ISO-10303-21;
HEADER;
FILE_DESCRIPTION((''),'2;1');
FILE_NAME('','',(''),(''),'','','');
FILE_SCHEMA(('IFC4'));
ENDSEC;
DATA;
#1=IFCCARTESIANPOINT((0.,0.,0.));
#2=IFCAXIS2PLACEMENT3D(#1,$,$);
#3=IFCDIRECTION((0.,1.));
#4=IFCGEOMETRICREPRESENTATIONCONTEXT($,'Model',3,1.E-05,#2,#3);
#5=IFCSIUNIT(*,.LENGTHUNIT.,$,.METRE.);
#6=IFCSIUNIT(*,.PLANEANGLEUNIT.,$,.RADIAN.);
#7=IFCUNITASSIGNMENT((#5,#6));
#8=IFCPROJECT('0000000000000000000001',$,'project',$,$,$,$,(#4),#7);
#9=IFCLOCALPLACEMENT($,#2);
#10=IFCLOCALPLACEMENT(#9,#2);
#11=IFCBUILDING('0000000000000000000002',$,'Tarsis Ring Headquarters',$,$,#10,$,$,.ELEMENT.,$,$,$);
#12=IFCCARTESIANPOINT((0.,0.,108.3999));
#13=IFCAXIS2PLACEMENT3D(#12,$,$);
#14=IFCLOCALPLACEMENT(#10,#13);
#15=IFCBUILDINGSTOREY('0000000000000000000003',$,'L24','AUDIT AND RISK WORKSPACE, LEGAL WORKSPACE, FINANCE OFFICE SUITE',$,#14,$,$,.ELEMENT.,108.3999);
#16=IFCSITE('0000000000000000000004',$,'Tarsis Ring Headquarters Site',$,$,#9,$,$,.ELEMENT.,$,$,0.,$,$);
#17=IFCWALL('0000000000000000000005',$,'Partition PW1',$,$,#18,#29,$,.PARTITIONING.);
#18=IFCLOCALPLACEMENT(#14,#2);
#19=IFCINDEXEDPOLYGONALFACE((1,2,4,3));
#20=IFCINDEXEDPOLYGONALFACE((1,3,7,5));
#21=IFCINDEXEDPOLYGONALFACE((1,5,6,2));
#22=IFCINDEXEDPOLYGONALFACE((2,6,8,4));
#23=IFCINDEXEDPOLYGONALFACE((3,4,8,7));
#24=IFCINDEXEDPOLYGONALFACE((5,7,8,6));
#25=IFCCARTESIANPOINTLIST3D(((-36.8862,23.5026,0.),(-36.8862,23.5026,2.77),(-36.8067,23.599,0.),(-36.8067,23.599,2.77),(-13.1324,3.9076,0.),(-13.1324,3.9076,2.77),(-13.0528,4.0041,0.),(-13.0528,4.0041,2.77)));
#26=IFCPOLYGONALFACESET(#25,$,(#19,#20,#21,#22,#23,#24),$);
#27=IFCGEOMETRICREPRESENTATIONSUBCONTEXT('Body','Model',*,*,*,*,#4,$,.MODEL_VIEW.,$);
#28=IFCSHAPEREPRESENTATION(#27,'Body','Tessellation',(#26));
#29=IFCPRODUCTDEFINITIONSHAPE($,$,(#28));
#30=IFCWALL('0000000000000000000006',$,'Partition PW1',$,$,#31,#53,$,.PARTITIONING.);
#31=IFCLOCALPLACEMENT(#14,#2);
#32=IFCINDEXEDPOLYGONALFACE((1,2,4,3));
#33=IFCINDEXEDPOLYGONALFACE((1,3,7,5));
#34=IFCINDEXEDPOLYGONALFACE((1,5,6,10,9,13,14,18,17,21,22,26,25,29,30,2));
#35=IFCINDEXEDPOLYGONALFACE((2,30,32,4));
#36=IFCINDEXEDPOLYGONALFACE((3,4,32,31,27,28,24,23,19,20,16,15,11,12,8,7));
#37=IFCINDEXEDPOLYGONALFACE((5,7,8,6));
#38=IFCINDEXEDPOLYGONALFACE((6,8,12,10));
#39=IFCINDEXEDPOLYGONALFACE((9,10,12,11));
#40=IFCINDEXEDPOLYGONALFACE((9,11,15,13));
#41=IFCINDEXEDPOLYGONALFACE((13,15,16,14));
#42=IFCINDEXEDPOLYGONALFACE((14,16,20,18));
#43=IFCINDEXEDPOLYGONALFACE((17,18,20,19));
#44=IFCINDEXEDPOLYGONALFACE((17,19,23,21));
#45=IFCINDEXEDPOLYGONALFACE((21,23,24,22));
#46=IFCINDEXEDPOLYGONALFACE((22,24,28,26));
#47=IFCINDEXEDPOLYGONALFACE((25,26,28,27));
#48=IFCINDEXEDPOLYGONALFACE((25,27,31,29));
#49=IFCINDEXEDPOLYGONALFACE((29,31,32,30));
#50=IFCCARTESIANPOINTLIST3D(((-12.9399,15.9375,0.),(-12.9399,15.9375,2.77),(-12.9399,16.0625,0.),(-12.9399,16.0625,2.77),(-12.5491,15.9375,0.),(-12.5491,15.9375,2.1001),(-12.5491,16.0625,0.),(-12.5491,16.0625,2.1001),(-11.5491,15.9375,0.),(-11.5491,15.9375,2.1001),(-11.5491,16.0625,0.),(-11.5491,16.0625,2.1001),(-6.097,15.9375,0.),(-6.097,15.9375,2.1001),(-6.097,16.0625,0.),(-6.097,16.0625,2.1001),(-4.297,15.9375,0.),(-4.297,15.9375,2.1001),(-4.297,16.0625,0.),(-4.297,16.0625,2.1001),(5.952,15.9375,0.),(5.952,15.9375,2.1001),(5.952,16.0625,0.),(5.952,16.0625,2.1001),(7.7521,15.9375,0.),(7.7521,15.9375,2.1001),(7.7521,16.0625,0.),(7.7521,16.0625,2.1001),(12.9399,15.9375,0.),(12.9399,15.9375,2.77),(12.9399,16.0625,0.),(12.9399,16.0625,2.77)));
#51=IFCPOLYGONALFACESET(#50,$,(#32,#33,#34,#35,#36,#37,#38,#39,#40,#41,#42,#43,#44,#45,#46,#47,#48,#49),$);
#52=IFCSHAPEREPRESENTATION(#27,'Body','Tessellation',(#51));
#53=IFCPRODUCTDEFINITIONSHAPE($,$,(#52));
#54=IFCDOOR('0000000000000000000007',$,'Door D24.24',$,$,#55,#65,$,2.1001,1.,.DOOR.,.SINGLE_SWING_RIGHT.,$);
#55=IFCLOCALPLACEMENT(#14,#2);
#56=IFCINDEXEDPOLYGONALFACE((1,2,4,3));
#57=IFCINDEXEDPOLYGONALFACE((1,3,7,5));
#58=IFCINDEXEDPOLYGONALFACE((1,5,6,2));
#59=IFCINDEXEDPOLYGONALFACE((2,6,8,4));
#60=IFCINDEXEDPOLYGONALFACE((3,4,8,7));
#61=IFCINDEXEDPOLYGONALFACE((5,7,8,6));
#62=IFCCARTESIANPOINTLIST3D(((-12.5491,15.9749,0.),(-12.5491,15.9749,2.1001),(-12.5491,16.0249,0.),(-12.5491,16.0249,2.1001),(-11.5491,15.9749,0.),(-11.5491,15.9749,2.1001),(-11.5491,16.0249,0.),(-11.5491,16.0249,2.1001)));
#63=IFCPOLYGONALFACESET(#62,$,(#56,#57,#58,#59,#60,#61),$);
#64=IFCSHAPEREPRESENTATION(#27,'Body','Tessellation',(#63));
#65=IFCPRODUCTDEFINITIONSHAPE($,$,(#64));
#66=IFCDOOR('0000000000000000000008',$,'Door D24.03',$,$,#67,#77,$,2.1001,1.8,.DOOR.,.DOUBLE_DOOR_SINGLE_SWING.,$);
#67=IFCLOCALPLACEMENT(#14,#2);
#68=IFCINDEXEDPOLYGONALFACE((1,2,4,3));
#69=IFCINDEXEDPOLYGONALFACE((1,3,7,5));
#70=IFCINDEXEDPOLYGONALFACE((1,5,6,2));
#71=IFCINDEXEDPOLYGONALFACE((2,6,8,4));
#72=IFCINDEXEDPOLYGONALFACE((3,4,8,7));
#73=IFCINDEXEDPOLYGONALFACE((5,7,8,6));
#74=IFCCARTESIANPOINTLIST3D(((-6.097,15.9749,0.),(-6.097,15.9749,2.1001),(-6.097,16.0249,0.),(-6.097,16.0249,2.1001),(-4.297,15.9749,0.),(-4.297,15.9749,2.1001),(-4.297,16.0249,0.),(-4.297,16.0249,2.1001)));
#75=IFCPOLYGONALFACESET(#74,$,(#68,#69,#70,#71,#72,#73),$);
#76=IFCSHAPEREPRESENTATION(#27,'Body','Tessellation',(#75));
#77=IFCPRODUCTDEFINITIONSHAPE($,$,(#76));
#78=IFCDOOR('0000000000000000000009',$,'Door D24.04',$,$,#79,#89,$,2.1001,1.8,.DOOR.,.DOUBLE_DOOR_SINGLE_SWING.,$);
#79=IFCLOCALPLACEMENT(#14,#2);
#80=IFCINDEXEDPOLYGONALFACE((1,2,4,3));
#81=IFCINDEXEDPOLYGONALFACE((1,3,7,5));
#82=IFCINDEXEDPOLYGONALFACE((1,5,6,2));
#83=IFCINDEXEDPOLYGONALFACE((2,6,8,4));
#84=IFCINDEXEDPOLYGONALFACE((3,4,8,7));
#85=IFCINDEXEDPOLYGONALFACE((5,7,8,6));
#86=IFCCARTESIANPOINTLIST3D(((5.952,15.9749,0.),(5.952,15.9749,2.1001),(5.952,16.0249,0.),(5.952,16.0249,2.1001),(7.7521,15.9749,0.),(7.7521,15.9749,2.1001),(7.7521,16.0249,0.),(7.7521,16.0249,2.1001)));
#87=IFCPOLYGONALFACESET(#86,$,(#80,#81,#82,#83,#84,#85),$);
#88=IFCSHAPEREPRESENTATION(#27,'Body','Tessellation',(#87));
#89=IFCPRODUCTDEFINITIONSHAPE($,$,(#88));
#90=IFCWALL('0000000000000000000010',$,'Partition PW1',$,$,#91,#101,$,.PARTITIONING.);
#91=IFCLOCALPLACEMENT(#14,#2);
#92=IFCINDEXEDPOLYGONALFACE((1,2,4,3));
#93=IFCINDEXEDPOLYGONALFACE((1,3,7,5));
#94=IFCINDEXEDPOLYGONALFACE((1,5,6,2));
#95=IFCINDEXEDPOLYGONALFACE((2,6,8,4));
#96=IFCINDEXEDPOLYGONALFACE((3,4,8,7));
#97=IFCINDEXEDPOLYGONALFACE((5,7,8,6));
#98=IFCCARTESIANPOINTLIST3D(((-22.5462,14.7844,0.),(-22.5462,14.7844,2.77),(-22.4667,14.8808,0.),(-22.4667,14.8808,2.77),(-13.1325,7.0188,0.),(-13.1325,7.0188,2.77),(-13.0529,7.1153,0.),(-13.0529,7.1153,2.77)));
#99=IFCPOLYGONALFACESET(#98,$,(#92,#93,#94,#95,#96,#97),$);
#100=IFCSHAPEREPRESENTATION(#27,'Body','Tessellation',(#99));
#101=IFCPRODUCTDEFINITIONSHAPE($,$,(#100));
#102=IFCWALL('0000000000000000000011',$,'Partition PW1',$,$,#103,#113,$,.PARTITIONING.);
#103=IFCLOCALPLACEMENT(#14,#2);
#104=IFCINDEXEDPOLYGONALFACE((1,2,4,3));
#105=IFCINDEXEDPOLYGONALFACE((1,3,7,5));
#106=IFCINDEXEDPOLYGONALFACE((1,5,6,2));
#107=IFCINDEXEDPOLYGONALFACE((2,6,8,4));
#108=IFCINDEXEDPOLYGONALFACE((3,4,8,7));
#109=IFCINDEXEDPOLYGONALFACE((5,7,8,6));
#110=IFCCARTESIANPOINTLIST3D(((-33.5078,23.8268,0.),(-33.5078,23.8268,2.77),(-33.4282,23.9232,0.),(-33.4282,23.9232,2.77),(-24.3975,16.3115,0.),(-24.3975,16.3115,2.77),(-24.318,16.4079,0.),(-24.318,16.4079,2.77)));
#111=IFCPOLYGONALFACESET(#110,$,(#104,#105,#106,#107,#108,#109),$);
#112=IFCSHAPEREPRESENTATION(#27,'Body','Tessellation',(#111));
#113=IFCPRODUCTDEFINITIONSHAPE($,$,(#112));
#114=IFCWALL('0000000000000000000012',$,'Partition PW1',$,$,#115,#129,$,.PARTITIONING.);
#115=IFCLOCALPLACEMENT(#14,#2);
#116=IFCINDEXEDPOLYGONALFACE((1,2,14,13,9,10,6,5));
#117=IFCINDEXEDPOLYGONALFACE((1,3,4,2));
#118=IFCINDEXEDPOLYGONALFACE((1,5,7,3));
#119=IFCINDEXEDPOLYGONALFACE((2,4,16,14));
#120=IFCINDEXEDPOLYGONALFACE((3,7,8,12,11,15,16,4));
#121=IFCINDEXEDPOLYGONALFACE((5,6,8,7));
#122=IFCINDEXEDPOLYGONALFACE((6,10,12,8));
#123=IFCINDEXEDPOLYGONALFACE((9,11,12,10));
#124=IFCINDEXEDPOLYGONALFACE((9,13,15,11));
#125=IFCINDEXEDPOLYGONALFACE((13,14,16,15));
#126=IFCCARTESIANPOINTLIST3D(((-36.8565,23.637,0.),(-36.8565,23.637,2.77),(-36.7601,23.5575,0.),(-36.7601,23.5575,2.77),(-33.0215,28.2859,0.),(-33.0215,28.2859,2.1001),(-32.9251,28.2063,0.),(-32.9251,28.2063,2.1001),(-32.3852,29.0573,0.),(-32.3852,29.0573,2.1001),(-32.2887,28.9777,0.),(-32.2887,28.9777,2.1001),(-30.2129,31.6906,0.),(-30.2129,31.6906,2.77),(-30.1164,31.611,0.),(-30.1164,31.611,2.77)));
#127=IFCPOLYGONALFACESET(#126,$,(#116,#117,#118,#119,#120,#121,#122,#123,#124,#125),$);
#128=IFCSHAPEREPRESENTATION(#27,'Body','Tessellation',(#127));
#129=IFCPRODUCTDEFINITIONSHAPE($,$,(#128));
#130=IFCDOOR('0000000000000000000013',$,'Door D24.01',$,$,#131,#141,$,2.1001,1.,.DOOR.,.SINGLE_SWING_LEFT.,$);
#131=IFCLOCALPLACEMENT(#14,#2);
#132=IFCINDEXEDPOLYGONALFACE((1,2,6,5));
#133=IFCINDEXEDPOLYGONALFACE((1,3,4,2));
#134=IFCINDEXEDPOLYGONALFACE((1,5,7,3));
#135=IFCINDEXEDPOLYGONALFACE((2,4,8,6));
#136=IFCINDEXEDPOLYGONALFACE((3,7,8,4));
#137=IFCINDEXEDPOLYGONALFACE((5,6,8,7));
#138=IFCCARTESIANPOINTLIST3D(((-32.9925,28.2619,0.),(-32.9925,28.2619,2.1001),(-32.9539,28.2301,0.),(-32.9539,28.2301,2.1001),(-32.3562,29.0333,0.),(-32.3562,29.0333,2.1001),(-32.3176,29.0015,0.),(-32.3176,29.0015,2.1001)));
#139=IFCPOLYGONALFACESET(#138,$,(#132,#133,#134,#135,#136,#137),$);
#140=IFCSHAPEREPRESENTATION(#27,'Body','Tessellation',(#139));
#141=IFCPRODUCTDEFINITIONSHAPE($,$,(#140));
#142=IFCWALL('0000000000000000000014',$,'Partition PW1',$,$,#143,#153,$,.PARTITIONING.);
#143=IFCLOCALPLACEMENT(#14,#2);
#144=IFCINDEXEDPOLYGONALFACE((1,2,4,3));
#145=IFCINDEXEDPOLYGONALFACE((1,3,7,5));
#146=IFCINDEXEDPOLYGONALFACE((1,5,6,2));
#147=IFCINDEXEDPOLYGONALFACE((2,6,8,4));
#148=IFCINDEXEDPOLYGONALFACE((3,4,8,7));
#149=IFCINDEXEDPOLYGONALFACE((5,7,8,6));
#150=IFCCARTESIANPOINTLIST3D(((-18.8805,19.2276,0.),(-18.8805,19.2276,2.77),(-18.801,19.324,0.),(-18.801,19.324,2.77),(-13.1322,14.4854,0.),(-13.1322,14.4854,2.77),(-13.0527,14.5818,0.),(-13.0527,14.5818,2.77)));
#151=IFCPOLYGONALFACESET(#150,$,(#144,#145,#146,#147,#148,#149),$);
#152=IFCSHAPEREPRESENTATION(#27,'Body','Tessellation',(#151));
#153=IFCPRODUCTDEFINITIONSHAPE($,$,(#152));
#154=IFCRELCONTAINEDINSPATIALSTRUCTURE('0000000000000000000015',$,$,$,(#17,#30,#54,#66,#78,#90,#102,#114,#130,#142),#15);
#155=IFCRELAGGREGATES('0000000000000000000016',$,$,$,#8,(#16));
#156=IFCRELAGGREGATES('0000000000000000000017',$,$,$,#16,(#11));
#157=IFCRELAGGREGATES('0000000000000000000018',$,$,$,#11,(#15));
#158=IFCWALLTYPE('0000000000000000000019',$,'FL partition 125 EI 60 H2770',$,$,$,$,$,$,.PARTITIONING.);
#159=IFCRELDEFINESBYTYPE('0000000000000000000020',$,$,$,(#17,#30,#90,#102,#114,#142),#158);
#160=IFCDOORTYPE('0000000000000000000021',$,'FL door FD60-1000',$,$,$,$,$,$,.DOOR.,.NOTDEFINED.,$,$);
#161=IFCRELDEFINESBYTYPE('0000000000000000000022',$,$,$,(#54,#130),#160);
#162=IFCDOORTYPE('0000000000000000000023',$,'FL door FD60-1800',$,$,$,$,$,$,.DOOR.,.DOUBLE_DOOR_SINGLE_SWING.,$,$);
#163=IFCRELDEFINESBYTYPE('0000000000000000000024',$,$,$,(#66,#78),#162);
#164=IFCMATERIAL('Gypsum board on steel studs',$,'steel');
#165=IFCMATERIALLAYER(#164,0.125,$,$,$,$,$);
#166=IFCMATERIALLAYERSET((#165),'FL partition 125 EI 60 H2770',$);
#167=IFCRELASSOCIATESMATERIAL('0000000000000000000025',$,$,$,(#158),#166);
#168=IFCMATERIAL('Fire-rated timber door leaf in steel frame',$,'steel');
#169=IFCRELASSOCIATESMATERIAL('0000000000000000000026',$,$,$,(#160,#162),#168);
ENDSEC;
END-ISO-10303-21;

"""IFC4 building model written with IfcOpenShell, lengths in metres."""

from ifc_helpers import new_model, si_unit, direction, frame, frame_2d, origin, place, context, subcontext, project, spatial, rectangle, extrude, material, layer, layer_set, type_object, element, fill, save


model = new_model("IFC4")

# Units and contexts
model_context = context("Model", 3, precision=1e-05, world=origin(), true_north=direction((0.0, 1.0)))
body_context = subcontext(model_context, "Body", "Model", "MODEL_VIEW")
ifc_project = project(units=[si_unit("LENGTHUNIT", "METRE"), si_unit("PLANEANGLEUNIT", "RADIAN")], contexts=[model_context])

# Site, building, storey
site_placement = place(None, origin())
site = spatial("IfcSite", under=ifc_project, at=site_placement, Name="Tarsis Ring Headquarters Site", CompositionType="ELEMENT", RefElevation=0.0)
building_placement = place(site_placement, origin())
building = spatial("IfcBuilding", under=site, at=building_placement, Name="Tarsis Ring Headquarters", CompositionType="ELEMENT")
storey_placement = place(building_placement, frame((0.0, 0.0, 108.3999)))
storey = spatial("IfcBuildingStorey", under=building, at=storey_placement, Name="L24", Description="AUDIT AND RISK WORKSPACE, LEGAL WORKSPACE, FINANCE OFFICE SUITE", CompositionType="ELEMENT", Elevation=108.3999)

# Wall
ifc_material_1 = material(Name="Gypsum board on steel studs", Category="steel")
ifc_layer_1 = layer(ifc_material_1, 0.125)
ifc_layer_set_1 = layer_set([ifc_layer_1], Name="FL partition 125 EI 60 H2770")
wall_type_1 = type_object("IfcWallType", Name="FL partition 125 EI 60 H2770", PredefinedType="PARTITIONING", material=ifc_layer_set_1)
wall_1_placement = place(storey_placement, frame((-36.8464, 23.5508, 0.0), z_axis=(0.0, 0.0, 1.0), x_axis=(0.771405, -0.636344, 0.0)))
element("IfcWall", 1, at=wall_1_placement, inside=storey, type_object=wall_type_1, Name="Partition PW1", PredefinedType="PARTITIONING", context=body_context, shape_type="SweptSolid", body=[
    extrude(rectangle(XDim=30.793, YDim=0.125, at=frame_2d((15.3965, 0.0))), origin(), (0.0, 0.0, 1.0), 2.77),
])

# Wall, openings, doors
wall_2_placement = place(storey_placement, frame((-12.9399, 16.0, 0.0), z_axis=(0.0, 0.0, 1.0), x_axis=(1.0, 0.0, 0.0)))
wall_2 = element("IfcWall", 2, at=wall_2_placement, inside=storey, type_object=wall_type_1, Name="Partition PW1", PredefinedType="PARTITIONING", context=body_context, shape_type="SweptSolid", body=[
    extrude(rectangle(XDim=25.8799, YDim=0.125, at=frame_2d((12.9399, 0.0))), origin(), (0.0, 0.0, 1.0), 2.77),
])
opening_1_placement = place(wall_2_placement, frame((6.843, 0.0, 0.0)))
opening_1 = element("IfcOpeningElement", 3, at=opening_1_placement, cuts=wall_2, PredefinedType="OPENING", context=body_context, shape_type="SweptSolid", body=[
    extrude(rectangle(XDim=1.8, YDim=2.1001, at=frame_2d((0.8999, 1.05))), frame((0.0, 0.0725, 0.0), z_axis=(0.0, -1.0, 0.0), x_axis=(1.0, 0.0, 0.0)), (0.0, 0.0, 1.0), 0.145),
])
opening_2_placement = place(wall_2_placement, frame((18.8921, 0.0, 0.0)))
opening_2 = element("IfcOpeningElement", 4, at=opening_2_placement, cuts=wall_2, PredefinedType="OPENING", context=body_context, shape_type="SweptSolid", body=[
    extrude(rectangle(XDim=1.8, YDim=2.1001, at=frame_2d((0.8999, 1.05))), frame((0.0, 0.0725, 0.0), z_axis=(0.0, -1.0, 0.0), x_axis=(1.0, 0.0, 0.0)), (0.0, 0.0, 1.0), 0.145),
])
opening_3_placement = place(wall_2_placement, frame((0.3909, 0.0, 0.0)))
opening_3 = element("IfcOpeningElement", 5, at=opening_3_placement, cuts=wall_2, PredefinedType="OPENING", context=body_context, shape_type="SweptSolid", body=[
    extrude(rectangle(XDim=1.0, YDim=2.1001, at=frame_2d((0.5, 1.05))), frame((0.0, 0.0725, 0.0), z_axis=(0.0, -1.0, 0.0), x_axis=(1.0, 0.0, 0.0)), (0.0, 0.0, 1.0), 0.145),
])
ifc_material_2 = material(Name="Fire-rated timber door leaf in steel frame", Category="steel")
door_type_1 = type_object("IfcDoorType", Name="FL door FD60-1000", OperationType="NOTDEFINED", PredefinedType="DOOR", material=ifc_material_2)
door_1_placement = place(opening_3_placement, origin())
door_1 = element("IfcDoor", 6, at=door_1_placement, inside=storey, type_object=door_type_1, Name="Door D24.24", OperationType="SINGLE_SWING_RIGHT", OverallHeight=2.1001, OverallWidth=1.0, PredefinedType="DOOR", context=body_context, shape_type="SweptSolid", body=[
    extrude(rectangle(XDim=1.0, YDim=2.1001, at=frame_2d((0.5, 1.05))), frame((0.0, 0.0249, 0.0), z_axis=(0.0, -1.0, 0.0), x_axis=(1.0, 0.0, 0.0)), (0.0, 0.0, 1.0), 0.05),
])
fill(opening_3, door_1)
door_type_2 = type_object("IfcDoorType", Name="FL door FD60-1800", OperationType="DOUBLE_DOOR_SINGLE_SWING", PredefinedType="DOOR", material=ifc_material_2)
door_2_placement = place(opening_1_placement, origin())
door_2 = element("IfcDoor", 7, at=door_2_placement, inside=storey, type_object=door_type_2, Name="Door D24.03", OperationType="DOUBLE_DOOR_SINGLE_SWING", OverallHeight=2.1001, OverallWidth=1.8, PredefinedType="DOOR", context=body_context, shape_type="SweptSolid", body=[
    extrude(rectangle(XDim=1.8, YDim=2.1001, at=frame_2d((0.8999, 1.05))), frame((0.0, 0.0249, 0.0), z_axis=(0.0, -1.0, 0.0), x_axis=(1.0, 0.0, 0.0)), (0.0, 0.0, 1.0), 0.05),
])
fill(opening_1, door_2)
door_3_placement = place(opening_2_placement, origin())
door_3 = element("IfcDoor", 8, at=door_3_placement, inside=storey, type_object=door_type_2, Name="Door D24.04", OperationType="DOUBLE_DOOR_SINGLE_SWING", OverallHeight=2.1001, OverallWidth=1.8, PredefinedType="DOOR", context=body_context, shape_type="SweptSolid", body=[
    extrude(rectangle(XDim=1.8, YDim=2.1001, at=frame_2d((0.8999, 1.05))), frame((0.0, 0.0249, 0.0), z_axis=(0.0, -1.0, 0.0), x_axis=(1.0, 0.0, 0.0)), (0.0, 0.0, 1.0), 0.05),
])
fill(opening_2, door_3)

# Walls
wall_3_placement = place(storey_placement, frame((-22.5063, 14.8325, 0.0), z_axis=(0.0, 0.0, 1.0), x_axis=(0.771404, -0.636345, 0.0)))
element("IfcWall", 9, at=wall_3_placement, inside=storey, type_object=wall_type_1, Name="Partition PW1", PredefinedType="PARTITIONING", context=body_context, shape_type="SweptSolid", body=[
    extrude(rectangle(XDim=12.2034, YDim=0.125, at=frame_2d((6.1016, 0.0))), origin(), (0.0, 0.0, 1.0), 2.77),
])
wall_4_placement = place(storey_placement, frame((-33.468, 23.875, 0.0), z_axis=(0.0, 0.0, 1.0), x_axis=(0.771401, -0.63635, 0.0)))
element("IfcWall", 10, at=wall_4_placement, inside=storey, type_object=wall_type_1, Name="Partition PW1", PredefinedType="PARTITIONING", context=body_context, shape_type="SweptSolid", body=[
    extrude(rectangle(XDim=11.8101, YDim=0.125, at=frame_2d((5.905, 0.0))), origin(), (0.0, 0.0, 1.0), 2.77),
])

# Wall, opening, door
wall_5_placement = place(storey_placement, frame((-36.8083, 23.5972, 0.0), z_axis=(0.0, 0.0, 1.0), x_axis=(0.636351, 0.771399, 0.0)))
wall_5 = element("IfcWall", 11, at=wall_5_placement, inside=storey, type_object=wall_type_1, Name="Partition PW1", PredefinedType="PARTITIONING", context=body_context, shape_type="SweptSolid", body=[
    extrude(rectangle(XDim=10.4402, YDim=0.125, at=frame_2d((5.2202, 0.0))), origin(), (0.0, 0.0, 1.0), 2.77),
])
opening_4_placement = place(wall_5_placement, frame((6.0266, 0.0, 0.0)))
opening_4 = element("IfcOpeningElement", 12, at=opening_4_placement, cuts=wall_5, PredefinedType="OPENING", context=body_context, shape_type="SweptSolid", body=[
    extrude(rectangle(XDim=1.0, YDim=2.1001, at=frame_2d((0.5, 1.05))), frame((0.0, 0.0725, 0.0), z_axis=(0.0, -1.0, 0.0), x_axis=(1.0, 0.0, 0.0)), (0.0, 0.0, 1.0), 0.145),
])
door_4_placement = place(opening_4_placement, origin())
door_4 = element("IfcDoor", 13, at=door_4_placement, inside=storey, type_object=door_type_1, Name="Door D24.01", OperationType="SINGLE_SWING_LEFT", OverallHeight=2.1001, OverallWidth=1.0, PredefinedType="DOOR", context=body_context, shape_type="SweptSolid", body=[
    extrude(rectangle(XDim=1.0, YDim=2.1001, at=frame_2d((0.5, 1.05))), frame((0.0, 0.0249, 0.0), z_axis=(0.0, -1.0, 0.0), x_axis=(1.0, 0.0, 0.0)), (0.0, 0.0, 1.0), 0.05),
])
fill(opening_4, door_4)

# Wall
wall_6_placement = place(storey_placement, frame((-18.8408, 19.2759, 0.0), z_axis=(0.0, 0.0, 1.0), x_axis=(0.771383, -0.636371, 0.0)))
element("IfcWall", 14, at=wall_6_placement, inside=storey, type_object=wall_type_1, Name="Partition PW1", PredefinedType="PARTITIONING", context=body_context, shape_type="SweptSolid", body=[
    extrude(rectangle(XDim=7.4519, YDim=0.125, at=frame_2d((3.7261, 0.0))), origin(), (0.0, 0.0, 1.0), 2.77),
])

save(model, "model.ifc")
